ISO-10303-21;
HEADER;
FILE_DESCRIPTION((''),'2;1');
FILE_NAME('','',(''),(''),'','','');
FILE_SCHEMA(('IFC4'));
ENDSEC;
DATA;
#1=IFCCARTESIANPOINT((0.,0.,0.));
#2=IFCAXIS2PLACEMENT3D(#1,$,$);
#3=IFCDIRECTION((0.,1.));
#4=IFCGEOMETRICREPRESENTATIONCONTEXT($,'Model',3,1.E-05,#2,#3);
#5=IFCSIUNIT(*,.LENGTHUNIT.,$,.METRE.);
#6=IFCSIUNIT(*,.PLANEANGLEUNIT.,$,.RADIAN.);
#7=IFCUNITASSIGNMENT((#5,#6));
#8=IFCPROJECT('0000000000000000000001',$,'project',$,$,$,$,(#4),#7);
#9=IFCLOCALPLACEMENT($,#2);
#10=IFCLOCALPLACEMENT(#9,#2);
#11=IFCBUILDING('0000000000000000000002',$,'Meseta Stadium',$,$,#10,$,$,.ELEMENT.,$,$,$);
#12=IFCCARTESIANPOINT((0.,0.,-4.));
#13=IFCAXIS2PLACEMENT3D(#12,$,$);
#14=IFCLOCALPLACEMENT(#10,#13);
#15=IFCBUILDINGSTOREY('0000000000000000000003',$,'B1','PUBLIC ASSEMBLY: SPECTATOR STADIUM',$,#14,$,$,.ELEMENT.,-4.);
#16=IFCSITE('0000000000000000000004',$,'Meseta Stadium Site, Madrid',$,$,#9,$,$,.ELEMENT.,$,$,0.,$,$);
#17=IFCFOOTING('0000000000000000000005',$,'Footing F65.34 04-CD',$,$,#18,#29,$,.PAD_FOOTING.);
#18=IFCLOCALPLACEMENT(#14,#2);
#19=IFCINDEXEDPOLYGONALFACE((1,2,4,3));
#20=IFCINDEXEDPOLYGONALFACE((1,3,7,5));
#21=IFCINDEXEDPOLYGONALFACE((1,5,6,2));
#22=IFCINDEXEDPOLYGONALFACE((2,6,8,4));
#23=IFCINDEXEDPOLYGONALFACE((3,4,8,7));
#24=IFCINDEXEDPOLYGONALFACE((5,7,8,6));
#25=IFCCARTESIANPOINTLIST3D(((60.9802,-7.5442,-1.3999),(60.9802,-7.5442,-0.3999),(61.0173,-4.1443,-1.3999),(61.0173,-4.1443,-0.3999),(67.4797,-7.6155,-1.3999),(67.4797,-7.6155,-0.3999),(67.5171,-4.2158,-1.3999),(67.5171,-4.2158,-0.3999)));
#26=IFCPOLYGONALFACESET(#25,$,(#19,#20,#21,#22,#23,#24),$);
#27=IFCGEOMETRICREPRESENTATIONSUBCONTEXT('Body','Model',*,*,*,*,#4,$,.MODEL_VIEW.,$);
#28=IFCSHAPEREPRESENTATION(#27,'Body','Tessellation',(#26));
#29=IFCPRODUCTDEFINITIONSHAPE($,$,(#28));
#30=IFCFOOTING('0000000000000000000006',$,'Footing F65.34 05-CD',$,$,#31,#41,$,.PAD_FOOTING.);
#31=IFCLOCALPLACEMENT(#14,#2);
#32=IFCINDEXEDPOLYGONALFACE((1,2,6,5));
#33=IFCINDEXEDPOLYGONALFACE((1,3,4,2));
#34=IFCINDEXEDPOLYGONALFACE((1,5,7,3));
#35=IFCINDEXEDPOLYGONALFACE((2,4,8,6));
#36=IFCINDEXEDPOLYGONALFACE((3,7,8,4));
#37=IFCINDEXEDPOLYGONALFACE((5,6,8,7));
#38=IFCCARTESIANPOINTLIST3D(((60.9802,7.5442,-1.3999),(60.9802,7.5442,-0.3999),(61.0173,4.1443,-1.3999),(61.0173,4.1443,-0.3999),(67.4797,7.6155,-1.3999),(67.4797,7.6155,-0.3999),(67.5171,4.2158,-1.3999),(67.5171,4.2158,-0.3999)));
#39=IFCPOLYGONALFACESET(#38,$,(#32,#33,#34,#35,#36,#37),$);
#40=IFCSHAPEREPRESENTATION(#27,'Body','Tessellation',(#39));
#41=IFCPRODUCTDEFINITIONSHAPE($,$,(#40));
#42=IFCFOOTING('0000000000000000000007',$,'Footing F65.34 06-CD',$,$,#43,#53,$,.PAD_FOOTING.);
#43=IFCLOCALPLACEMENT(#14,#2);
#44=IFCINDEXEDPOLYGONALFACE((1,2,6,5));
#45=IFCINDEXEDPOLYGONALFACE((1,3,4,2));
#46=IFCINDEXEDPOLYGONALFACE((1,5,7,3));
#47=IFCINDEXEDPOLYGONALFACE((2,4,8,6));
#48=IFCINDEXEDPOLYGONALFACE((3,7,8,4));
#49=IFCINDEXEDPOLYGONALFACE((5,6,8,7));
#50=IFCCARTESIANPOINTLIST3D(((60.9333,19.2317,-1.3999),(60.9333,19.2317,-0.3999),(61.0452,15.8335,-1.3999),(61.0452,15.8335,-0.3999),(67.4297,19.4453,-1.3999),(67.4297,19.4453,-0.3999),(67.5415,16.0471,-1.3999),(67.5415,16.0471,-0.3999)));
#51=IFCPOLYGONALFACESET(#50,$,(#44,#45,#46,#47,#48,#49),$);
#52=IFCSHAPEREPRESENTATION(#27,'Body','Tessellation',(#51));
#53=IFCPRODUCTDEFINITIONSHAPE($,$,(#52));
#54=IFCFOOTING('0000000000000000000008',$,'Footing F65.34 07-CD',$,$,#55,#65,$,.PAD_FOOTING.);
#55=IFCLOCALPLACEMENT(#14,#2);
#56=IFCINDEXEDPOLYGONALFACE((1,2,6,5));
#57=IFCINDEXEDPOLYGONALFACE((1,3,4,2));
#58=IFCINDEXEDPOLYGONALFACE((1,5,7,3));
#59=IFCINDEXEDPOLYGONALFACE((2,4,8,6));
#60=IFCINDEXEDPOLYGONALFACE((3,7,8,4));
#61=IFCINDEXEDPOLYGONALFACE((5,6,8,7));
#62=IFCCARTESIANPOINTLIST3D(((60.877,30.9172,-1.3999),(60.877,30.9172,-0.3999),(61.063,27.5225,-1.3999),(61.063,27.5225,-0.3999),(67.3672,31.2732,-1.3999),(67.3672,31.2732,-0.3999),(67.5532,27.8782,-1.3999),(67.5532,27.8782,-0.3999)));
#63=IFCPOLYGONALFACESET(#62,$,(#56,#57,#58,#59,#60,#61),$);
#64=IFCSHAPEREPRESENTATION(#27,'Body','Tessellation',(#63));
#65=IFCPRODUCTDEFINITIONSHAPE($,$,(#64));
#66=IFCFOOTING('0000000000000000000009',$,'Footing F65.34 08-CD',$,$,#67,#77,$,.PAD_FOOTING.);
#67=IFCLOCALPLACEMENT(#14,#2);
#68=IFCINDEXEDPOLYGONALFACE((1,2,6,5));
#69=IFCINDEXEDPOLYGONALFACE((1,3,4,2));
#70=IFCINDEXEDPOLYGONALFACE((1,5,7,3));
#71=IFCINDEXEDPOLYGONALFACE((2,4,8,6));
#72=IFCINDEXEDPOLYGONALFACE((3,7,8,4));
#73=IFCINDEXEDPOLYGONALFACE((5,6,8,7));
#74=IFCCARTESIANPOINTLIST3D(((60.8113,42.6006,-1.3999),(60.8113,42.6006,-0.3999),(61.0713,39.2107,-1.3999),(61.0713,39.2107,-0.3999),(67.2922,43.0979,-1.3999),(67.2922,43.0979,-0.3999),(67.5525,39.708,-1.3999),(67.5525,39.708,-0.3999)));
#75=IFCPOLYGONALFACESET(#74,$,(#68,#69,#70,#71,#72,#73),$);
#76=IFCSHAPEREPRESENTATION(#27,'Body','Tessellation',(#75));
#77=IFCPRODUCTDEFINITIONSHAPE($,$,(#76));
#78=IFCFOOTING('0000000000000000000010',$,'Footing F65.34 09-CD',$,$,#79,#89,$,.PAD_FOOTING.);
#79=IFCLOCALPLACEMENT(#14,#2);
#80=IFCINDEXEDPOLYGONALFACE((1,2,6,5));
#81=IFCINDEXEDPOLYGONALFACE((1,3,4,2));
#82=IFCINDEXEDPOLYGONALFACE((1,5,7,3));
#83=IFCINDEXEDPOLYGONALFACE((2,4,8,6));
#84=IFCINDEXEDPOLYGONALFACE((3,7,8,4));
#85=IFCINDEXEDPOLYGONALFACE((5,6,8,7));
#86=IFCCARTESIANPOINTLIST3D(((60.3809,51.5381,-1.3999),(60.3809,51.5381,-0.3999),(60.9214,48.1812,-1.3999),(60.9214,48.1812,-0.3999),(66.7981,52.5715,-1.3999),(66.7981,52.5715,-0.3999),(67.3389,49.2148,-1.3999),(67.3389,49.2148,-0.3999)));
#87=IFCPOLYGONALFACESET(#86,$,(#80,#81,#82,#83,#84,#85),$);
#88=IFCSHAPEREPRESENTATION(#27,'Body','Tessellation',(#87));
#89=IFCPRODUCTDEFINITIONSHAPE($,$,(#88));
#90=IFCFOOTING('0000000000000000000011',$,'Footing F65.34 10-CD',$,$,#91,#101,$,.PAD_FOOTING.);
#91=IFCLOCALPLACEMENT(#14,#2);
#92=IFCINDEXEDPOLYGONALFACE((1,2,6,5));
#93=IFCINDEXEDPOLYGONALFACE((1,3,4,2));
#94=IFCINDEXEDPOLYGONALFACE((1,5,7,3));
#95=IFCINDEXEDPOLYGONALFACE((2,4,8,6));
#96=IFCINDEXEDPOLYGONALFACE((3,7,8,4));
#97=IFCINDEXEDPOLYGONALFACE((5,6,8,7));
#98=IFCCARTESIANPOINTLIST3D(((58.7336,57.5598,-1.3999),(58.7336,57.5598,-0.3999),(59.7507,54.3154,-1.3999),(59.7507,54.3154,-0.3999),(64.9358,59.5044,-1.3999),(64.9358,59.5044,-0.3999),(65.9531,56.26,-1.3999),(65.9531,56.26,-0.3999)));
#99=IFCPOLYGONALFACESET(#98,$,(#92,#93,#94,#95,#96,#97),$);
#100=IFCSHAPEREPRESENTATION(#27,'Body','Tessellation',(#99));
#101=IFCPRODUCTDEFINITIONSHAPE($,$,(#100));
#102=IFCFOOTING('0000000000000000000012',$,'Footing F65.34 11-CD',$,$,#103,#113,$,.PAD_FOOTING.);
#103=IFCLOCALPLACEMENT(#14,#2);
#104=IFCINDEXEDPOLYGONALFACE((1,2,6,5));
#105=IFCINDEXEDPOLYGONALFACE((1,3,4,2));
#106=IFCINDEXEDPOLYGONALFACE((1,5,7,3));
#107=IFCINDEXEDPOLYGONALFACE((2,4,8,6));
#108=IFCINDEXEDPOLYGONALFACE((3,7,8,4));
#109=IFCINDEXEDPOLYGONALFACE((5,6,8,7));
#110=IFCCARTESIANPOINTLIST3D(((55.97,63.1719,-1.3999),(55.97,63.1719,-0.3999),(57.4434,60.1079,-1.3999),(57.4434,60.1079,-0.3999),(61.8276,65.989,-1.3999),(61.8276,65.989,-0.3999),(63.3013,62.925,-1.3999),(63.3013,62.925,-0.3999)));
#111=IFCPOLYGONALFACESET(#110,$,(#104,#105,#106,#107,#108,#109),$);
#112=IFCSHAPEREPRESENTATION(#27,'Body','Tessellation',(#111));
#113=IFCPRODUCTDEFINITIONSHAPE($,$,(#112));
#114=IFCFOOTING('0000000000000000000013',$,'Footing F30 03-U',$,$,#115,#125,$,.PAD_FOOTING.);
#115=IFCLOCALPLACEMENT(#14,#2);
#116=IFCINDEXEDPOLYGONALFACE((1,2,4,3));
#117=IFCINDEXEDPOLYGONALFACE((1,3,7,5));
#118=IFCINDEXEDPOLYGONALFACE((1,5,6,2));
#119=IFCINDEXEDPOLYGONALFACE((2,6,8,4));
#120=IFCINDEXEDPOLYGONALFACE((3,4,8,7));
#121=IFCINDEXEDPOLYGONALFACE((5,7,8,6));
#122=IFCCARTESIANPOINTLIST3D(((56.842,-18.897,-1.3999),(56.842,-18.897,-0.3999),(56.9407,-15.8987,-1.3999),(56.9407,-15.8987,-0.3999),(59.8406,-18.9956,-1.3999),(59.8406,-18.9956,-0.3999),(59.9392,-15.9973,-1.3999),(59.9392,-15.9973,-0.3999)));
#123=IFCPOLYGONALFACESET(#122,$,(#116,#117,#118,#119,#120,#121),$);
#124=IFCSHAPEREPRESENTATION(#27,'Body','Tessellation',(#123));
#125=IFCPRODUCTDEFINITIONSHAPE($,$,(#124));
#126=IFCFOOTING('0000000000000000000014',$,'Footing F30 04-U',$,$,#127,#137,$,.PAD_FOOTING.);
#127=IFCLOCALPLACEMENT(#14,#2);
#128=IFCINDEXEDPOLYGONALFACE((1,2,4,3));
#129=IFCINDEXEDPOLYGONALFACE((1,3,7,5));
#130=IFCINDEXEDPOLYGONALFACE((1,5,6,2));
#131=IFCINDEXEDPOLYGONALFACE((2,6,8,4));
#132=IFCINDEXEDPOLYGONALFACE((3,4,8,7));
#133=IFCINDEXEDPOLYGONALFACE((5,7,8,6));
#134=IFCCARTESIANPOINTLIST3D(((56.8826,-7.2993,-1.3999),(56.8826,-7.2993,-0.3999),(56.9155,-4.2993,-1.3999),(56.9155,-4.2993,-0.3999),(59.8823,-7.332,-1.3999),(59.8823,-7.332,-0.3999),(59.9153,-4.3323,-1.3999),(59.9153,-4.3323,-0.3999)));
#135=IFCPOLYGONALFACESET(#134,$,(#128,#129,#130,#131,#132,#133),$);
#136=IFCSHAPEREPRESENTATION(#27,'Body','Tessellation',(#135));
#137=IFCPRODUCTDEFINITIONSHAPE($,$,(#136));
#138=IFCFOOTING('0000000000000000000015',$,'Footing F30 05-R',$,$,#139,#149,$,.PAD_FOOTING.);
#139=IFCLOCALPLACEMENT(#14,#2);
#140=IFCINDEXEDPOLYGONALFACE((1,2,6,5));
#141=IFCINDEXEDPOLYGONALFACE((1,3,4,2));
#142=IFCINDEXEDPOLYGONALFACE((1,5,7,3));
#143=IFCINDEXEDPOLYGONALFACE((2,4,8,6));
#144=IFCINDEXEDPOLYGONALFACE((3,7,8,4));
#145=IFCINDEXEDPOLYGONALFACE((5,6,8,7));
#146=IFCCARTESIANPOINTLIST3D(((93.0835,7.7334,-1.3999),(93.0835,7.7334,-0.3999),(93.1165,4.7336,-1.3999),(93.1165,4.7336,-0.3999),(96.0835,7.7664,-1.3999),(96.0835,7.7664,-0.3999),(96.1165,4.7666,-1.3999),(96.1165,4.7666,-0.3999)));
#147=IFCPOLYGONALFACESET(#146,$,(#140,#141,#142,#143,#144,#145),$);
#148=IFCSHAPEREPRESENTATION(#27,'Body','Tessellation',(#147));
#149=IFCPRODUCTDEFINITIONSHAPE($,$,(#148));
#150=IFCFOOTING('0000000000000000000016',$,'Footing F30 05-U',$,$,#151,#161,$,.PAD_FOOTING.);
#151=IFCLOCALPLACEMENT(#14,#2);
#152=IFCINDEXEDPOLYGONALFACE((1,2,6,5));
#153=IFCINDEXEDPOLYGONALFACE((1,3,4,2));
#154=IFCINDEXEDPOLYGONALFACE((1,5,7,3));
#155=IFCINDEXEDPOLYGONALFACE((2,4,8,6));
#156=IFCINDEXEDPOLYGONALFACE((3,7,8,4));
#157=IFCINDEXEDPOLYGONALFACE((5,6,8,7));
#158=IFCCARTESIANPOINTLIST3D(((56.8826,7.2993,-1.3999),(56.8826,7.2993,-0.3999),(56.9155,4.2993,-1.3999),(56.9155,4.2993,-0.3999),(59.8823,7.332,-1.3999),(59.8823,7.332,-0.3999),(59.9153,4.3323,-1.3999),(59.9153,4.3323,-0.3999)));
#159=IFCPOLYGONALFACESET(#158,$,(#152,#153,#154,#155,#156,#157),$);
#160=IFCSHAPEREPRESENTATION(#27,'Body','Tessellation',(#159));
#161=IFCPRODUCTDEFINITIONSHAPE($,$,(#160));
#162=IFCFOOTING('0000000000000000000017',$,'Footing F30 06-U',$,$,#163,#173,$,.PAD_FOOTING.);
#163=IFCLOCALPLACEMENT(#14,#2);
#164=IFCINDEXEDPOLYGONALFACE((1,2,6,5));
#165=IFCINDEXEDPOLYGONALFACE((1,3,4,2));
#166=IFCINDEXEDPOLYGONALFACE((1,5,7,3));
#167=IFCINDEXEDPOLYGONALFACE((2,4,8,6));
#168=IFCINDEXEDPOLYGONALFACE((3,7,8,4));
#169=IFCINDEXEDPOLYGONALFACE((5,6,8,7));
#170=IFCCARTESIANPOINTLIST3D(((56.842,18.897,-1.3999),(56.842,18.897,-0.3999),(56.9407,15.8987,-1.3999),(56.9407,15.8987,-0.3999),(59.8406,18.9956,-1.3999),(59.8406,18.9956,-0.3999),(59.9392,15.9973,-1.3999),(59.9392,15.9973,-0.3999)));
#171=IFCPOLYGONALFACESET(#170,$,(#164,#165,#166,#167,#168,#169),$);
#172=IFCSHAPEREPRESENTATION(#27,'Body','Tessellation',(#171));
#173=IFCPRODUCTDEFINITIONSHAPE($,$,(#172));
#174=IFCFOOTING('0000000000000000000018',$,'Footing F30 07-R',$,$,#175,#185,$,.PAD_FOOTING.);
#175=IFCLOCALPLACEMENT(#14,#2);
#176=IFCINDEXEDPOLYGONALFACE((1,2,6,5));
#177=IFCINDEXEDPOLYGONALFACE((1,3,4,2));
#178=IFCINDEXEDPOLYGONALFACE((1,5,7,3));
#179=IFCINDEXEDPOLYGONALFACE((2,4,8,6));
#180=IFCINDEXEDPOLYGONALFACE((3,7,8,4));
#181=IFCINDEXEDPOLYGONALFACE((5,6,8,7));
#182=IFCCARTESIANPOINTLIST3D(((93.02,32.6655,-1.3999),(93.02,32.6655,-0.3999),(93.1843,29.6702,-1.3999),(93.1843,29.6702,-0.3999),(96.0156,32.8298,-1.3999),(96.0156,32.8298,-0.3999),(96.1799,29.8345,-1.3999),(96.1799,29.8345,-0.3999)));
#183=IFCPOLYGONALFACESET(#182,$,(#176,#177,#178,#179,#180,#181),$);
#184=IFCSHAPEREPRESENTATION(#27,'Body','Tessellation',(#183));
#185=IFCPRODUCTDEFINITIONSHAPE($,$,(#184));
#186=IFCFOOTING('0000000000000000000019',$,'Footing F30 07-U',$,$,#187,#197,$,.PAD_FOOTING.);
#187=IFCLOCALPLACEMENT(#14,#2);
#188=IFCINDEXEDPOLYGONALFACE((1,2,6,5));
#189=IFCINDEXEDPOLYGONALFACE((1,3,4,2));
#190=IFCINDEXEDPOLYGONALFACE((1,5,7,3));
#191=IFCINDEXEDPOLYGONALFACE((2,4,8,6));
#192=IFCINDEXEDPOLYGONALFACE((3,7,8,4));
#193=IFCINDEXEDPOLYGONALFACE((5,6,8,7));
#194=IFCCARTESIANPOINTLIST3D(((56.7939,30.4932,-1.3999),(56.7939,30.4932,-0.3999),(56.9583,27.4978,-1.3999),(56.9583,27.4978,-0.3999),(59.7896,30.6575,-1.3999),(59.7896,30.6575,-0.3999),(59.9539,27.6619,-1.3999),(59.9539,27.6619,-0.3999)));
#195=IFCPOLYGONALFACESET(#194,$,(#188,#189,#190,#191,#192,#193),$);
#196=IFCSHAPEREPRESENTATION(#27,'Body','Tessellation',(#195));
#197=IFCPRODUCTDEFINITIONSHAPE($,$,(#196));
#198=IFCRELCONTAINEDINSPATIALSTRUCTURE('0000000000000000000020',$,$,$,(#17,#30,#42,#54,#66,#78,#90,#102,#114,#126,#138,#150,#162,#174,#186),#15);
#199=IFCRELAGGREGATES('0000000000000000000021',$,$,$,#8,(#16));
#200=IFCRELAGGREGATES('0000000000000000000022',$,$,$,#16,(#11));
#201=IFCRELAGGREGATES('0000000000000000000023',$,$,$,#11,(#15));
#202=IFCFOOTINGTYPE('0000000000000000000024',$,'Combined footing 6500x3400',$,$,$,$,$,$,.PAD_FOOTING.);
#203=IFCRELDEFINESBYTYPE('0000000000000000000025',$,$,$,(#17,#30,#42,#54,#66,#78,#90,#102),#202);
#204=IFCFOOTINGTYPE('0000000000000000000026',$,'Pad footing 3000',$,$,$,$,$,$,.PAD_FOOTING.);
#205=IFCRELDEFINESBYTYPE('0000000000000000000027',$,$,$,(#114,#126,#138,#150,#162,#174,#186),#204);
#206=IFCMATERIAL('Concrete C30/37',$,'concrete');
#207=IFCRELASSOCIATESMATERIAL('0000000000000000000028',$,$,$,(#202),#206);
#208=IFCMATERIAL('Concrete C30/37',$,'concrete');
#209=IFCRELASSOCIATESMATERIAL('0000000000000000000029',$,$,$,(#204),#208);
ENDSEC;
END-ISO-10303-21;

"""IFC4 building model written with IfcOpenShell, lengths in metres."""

from ifc_helpers import new_model, si_unit, direction, frame, origin, place, context, subcontext, project, spatial, polyline, outline, extrude, material, type_object, element, save


model = new_model("IFC4")

# Units and contexts
model_context = context("Model", 3, precision=1e-05, world=origin(), true_north=direction((0.0, 1.0)))
body_context = subcontext(model_context, "Body", "Model", "MODEL_VIEW")
ifc_project = project(units=[si_unit("LENGTHUNIT", "METRE"), si_unit("PLANEANGLEUNIT", "RADIAN")], contexts=[model_context])

# Site, building, storey
site_placement = place(None, origin())
site = spatial("IfcSite", under=ifc_project, at=site_placement, Name="Meseta Stadium Site, Madrid", CompositionType="ELEMENT", RefElevation=0.0)
building_placement = place(site_placement, origin())
building = spatial("IfcBuilding", under=site, at=building_placement, Name="Meseta Stadium", CompositionType="ELEMENT")
storey_placement = place(building_placement, frame((0.0, 0.0, -4.0)))
storey = spatial("IfcBuildingStorey", under=building, at=storey_placement, Name="B1", Description="PUBLIC ASSEMBLY: SPECTATOR STADIUM", CompositionType="ELEMENT", Elevation=-4.0)

# Footings
ifc_material_1 = material(Name="Concrete C30/37", Category="concrete")
footing_type_1 = type_object("IfcFootingType", Name="Combined footing 6500x3400", PredefinedType="PAD_FOOTING", material=ifc_material_1)
footing_1_placement = place(storey_placement, frame((0.0, 0.0, -1.3999)))
element("IfcFooting", 1, at=footing_1_placement, inside=storey, type_object=footing_type_1, Name="Footing F65.34 04-CD", PredefinedType="PAD_FOOTING", context=body_context, shape_type="SweptSolid", body=[
    extrude(outline(polyline([(60.9802, -7.5442), (67.4797, -7.6155), (67.5171, -4.2158), (61.0173, -4.1443), (60.9802, -7.5442)])), origin(), (0.0, 0.0, 1.0), 1.0),
])
footing_2_placement = place(storey_placement, frame((0.0, 0.0, -1.3999)))
element("IfcFooting", 2, at=footing_2_placement, inside=storey, type_object=footing_type_1, Name="Footing F65.34 05-CD", PredefinedType="PAD_FOOTING", context=body_context, shape_type="SweptSolid", body=[
    extrude(outline(polyline([(61.0173, 4.1443), (67.5171, 4.2158), (67.4797, 7.6155), (60.9802, 7.5442), (61.0173, 4.1443)])), origin(), (0.0, 0.0, 1.0), 1.0),
])
footing_3_placement = place(storey_placement, frame((0.0, 0.0, -1.3999)))
element("IfcFooting", 3, at=footing_3_placement, inside=storey, type_object=footing_type_1, Name="Footing F65.34 06-CD", PredefinedType="PAD_FOOTING", context=body_context, shape_type="SweptSolid", body=[
    extrude(outline(polyline([(61.0452, 15.8335), (67.5415, 16.0471), (67.4297, 19.4453), (60.9333, 19.2317), (61.0452, 15.8335)])), origin(), (0.0, 0.0, 1.0), 1.0),
])
footing_4_placement = place(storey_placement, frame((0.0, 0.0, -1.3999)))
element("IfcFooting", 4, at=footing_4_placement, inside=storey, type_object=footing_type_1, Name="Footing F65.34 07-CD", PredefinedType="PAD_FOOTING", context=body_context, shape_type="SweptSolid", body=[
    extrude(outline(polyline([(61.063, 27.5225), (67.5532, 27.8782), (67.3672, 31.2732), (60.877, 30.9172), (61.063, 27.5225)])), origin(), (0.0, 0.0, 1.0), 1.0),
])
footing_5_placement = place(storey_placement, frame((0.0, 0.0, -1.3999)))
element("IfcFooting", 5, at=footing_5_placement, inside=storey, type_object=footing_type_1, Name="Footing F65.34 08-CD", PredefinedType="PAD_FOOTING", context=body_context, shape_type="SweptSolid", body=[
    extrude(outline(polyline([(61.0713, 39.2107), (67.5525, 39.708), (67.2922, 43.0979), (60.8113, 42.6006), (61.0713, 39.2107)])), origin(), (0.0, 0.0, 1.0), 1.0),
])
footing_6_placement = place(storey_placement, frame((0.0, 0.0, -1.3999)))
element("IfcFooting", 6, at=footing_6_placement, inside=storey, type_object=footing_type_1, Name="Footing F65.34 09-CD", PredefinedType="PAD_FOOTING", context=body_context, shape_type="SweptSolid", body=[
    extrude(outline(polyline([(60.9214, 48.1812), (67.3389, 49.2148), (66.7981, 52.5715), (60.3809, 51.5381), (60.9214, 48.1812)])), origin(), (0.0, 0.0, 1.0), 1.0),
])
footing_7_placement = place(storey_placement, frame((0.0, 0.0, -1.3999)))
element("IfcFooting", 7, at=footing_7_placement, inside=storey, type_object=footing_type_1, Name="Footing F65.34 10-CD", PredefinedType="PAD_FOOTING", context=body_context, shape_type="SweptSolid", body=[
    extrude(outline(polyline([(59.7507, 54.3154), (65.9531, 56.26), (64.9358, 59.5044), (58.7336, 57.5598), (59.7507, 54.3154)])), origin(), (0.0, 0.0, 1.0), 1.0),
])
footing_8_placement = place(storey_placement, frame((0.0, 0.0, -1.3999)))
element("IfcFooting", 8, at=footing_8_placement, inside=storey, type_object=footing_type_1, Name="Footing F65.34 11-CD", PredefinedType="PAD_FOOTING", context=body_context, shape_type="SweptSolid", body=[
    extrude(outline(polyline([(57.4434, 60.1079), (63.3013, 62.925), (61.8276, 65.989), (55.97, 63.1719), (57.4434, 60.1079)])), origin(), (0.0, 0.0, 1.0), 1.0),
])
ifc_material_2 = material(Name="Concrete C30/37", Category="concrete")
footing_type_2 = type_object("IfcFootingType", Name="Pad footing 3000", PredefinedType="PAD_FOOTING", material=ifc_material_2)
footing_9_placement = place(storey_placement, frame((0.0, 0.0, -1.3999)))
element("IfcFooting", 9, at=footing_9_placement, inside=storey, type_object=footing_type_2, Name="Footing F30 03-U", PredefinedType="PAD_FOOTING", context=body_context, shape_type="SweptSolid", body=[
    extrude(outline(polyline([(56.842, -18.897), (59.8406, -18.9956), (59.9392, -15.9973), (56.9407, -15.8987), (56.842, -18.897)])), origin(), (0.0, 0.0, 1.0), 1.0),
])
footing_10_placement = place(storey_placement, frame((0.0, 0.0, -1.3999)))
element("IfcFooting", 10, at=footing_10_placement, inside=storey, type_object=footing_type_2, Name="Footing F30 04-U", PredefinedType="PAD_FOOTING", context=body_context, shape_type="SweptSolid", body=[
    extrude(outline(polyline([(56.8826, -7.2993), (59.8823, -7.332), (59.9153, -4.3323), (56.9155, -4.2993), (56.8826, -7.2993)])), origin(), (0.0, 0.0, 1.0), 1.0),
])
footing_11_placement = place(storey_placement, frame((0.0, 0.0, -1.3999)))
element("IfcFooting", 11, at=footing_11_placement, inside=storey, type_object=footing_type_2, Name="Footing F30 05-R", PredefinedType="PAD_FOOTING", context=body_context, shape_type="SweptSolid", body=[
    extrude(outline(polyline([(93.1165, 4.7336), (96.1165, 4.7666), (96.0835, 7.7664), (93.0835, 7.7334), (93.1165, 4.7336)])), origin(), (0.0, 0.0, 1.0), 1.0),
])
footing_12_placement = place(storey_placement, frame((0.0, 0.0, -1.3999)))
element("IfcFooting", 12, at=footing_12_placement, inside=storey, type_object=footing_type_2, Name="Footing F30 05-U", PredefinedType="PAD_FOOTING", context=body_context, shape_type="SweptSolid", body=[
    extrude(outline(polyline([(56.9155, 4.2993), (59.9153, 4.3323), (59.8823, 7.332), (56.8826, 7.2993), (56.9155, 4.2993)])), origin(), (0.0, 0.0, 1.0), 1.0),
])
footing_13_placement = place(storey_placement, frame((0.0, 0.0, -1.3999)))
element("IfcFooting", 13, at=footing_13_placement, inside=storey, type_object=footing_type_2, Name="Footing F30 06-U", PredefinedType="PAD_FOOTING", context=body_context, shape_type="SweptSolid", body=[
    extrude(outline(polyline([(56.9407, 15.8987), (59.9392, 15.9973), (59.8406, 18.9956), (56.842, 18.897), (56.9407, 15.8987)])), origin(), (0.0, 0.0, 1.0), 1.0),
])
footing_14_placement = place(storey_placement, frame((0.0, 0.0, -1.3999)))
element("IfcFooting", 14, at=footing_14_placement, inside=storey, type_object=footing_type_2, Name="Footing F30 07-R", PredefinedType="PAD_FOOTING", context=body_context, shape_type="SweptSolid", body=[
    extrude(outline(polyline([(93.1843, 29.6702), (96.1799, 29.8345), (96.0156, 32.8298), (93.02, 32.6655), (93.1843, 29.6702)])), origin(), (0.0, 0.0, 1.0), 1.0),
])
footing_15_placement = place(storey_placement, frame((0.0, 0.0, -1.3999)))
element("IfcFooting", 15, at=footing_15_placement, inside=storey, type_object=footing_type_2, Name="Footing F30 07-U", PredefinedType="PAD_FOOTING", context=body_context, shape_type="SweptSolid", body=[
    extrude(outline(polyline([(56.9583, 27.4978), (59.9539, 27.6619), (59.7896, 30.6575), (56.7939, 30.4932), (56.9583, 27.4978)])), origin(), (0.0, 0.0, 1.0), 1.0),
])

save(model, "model.ifc")
